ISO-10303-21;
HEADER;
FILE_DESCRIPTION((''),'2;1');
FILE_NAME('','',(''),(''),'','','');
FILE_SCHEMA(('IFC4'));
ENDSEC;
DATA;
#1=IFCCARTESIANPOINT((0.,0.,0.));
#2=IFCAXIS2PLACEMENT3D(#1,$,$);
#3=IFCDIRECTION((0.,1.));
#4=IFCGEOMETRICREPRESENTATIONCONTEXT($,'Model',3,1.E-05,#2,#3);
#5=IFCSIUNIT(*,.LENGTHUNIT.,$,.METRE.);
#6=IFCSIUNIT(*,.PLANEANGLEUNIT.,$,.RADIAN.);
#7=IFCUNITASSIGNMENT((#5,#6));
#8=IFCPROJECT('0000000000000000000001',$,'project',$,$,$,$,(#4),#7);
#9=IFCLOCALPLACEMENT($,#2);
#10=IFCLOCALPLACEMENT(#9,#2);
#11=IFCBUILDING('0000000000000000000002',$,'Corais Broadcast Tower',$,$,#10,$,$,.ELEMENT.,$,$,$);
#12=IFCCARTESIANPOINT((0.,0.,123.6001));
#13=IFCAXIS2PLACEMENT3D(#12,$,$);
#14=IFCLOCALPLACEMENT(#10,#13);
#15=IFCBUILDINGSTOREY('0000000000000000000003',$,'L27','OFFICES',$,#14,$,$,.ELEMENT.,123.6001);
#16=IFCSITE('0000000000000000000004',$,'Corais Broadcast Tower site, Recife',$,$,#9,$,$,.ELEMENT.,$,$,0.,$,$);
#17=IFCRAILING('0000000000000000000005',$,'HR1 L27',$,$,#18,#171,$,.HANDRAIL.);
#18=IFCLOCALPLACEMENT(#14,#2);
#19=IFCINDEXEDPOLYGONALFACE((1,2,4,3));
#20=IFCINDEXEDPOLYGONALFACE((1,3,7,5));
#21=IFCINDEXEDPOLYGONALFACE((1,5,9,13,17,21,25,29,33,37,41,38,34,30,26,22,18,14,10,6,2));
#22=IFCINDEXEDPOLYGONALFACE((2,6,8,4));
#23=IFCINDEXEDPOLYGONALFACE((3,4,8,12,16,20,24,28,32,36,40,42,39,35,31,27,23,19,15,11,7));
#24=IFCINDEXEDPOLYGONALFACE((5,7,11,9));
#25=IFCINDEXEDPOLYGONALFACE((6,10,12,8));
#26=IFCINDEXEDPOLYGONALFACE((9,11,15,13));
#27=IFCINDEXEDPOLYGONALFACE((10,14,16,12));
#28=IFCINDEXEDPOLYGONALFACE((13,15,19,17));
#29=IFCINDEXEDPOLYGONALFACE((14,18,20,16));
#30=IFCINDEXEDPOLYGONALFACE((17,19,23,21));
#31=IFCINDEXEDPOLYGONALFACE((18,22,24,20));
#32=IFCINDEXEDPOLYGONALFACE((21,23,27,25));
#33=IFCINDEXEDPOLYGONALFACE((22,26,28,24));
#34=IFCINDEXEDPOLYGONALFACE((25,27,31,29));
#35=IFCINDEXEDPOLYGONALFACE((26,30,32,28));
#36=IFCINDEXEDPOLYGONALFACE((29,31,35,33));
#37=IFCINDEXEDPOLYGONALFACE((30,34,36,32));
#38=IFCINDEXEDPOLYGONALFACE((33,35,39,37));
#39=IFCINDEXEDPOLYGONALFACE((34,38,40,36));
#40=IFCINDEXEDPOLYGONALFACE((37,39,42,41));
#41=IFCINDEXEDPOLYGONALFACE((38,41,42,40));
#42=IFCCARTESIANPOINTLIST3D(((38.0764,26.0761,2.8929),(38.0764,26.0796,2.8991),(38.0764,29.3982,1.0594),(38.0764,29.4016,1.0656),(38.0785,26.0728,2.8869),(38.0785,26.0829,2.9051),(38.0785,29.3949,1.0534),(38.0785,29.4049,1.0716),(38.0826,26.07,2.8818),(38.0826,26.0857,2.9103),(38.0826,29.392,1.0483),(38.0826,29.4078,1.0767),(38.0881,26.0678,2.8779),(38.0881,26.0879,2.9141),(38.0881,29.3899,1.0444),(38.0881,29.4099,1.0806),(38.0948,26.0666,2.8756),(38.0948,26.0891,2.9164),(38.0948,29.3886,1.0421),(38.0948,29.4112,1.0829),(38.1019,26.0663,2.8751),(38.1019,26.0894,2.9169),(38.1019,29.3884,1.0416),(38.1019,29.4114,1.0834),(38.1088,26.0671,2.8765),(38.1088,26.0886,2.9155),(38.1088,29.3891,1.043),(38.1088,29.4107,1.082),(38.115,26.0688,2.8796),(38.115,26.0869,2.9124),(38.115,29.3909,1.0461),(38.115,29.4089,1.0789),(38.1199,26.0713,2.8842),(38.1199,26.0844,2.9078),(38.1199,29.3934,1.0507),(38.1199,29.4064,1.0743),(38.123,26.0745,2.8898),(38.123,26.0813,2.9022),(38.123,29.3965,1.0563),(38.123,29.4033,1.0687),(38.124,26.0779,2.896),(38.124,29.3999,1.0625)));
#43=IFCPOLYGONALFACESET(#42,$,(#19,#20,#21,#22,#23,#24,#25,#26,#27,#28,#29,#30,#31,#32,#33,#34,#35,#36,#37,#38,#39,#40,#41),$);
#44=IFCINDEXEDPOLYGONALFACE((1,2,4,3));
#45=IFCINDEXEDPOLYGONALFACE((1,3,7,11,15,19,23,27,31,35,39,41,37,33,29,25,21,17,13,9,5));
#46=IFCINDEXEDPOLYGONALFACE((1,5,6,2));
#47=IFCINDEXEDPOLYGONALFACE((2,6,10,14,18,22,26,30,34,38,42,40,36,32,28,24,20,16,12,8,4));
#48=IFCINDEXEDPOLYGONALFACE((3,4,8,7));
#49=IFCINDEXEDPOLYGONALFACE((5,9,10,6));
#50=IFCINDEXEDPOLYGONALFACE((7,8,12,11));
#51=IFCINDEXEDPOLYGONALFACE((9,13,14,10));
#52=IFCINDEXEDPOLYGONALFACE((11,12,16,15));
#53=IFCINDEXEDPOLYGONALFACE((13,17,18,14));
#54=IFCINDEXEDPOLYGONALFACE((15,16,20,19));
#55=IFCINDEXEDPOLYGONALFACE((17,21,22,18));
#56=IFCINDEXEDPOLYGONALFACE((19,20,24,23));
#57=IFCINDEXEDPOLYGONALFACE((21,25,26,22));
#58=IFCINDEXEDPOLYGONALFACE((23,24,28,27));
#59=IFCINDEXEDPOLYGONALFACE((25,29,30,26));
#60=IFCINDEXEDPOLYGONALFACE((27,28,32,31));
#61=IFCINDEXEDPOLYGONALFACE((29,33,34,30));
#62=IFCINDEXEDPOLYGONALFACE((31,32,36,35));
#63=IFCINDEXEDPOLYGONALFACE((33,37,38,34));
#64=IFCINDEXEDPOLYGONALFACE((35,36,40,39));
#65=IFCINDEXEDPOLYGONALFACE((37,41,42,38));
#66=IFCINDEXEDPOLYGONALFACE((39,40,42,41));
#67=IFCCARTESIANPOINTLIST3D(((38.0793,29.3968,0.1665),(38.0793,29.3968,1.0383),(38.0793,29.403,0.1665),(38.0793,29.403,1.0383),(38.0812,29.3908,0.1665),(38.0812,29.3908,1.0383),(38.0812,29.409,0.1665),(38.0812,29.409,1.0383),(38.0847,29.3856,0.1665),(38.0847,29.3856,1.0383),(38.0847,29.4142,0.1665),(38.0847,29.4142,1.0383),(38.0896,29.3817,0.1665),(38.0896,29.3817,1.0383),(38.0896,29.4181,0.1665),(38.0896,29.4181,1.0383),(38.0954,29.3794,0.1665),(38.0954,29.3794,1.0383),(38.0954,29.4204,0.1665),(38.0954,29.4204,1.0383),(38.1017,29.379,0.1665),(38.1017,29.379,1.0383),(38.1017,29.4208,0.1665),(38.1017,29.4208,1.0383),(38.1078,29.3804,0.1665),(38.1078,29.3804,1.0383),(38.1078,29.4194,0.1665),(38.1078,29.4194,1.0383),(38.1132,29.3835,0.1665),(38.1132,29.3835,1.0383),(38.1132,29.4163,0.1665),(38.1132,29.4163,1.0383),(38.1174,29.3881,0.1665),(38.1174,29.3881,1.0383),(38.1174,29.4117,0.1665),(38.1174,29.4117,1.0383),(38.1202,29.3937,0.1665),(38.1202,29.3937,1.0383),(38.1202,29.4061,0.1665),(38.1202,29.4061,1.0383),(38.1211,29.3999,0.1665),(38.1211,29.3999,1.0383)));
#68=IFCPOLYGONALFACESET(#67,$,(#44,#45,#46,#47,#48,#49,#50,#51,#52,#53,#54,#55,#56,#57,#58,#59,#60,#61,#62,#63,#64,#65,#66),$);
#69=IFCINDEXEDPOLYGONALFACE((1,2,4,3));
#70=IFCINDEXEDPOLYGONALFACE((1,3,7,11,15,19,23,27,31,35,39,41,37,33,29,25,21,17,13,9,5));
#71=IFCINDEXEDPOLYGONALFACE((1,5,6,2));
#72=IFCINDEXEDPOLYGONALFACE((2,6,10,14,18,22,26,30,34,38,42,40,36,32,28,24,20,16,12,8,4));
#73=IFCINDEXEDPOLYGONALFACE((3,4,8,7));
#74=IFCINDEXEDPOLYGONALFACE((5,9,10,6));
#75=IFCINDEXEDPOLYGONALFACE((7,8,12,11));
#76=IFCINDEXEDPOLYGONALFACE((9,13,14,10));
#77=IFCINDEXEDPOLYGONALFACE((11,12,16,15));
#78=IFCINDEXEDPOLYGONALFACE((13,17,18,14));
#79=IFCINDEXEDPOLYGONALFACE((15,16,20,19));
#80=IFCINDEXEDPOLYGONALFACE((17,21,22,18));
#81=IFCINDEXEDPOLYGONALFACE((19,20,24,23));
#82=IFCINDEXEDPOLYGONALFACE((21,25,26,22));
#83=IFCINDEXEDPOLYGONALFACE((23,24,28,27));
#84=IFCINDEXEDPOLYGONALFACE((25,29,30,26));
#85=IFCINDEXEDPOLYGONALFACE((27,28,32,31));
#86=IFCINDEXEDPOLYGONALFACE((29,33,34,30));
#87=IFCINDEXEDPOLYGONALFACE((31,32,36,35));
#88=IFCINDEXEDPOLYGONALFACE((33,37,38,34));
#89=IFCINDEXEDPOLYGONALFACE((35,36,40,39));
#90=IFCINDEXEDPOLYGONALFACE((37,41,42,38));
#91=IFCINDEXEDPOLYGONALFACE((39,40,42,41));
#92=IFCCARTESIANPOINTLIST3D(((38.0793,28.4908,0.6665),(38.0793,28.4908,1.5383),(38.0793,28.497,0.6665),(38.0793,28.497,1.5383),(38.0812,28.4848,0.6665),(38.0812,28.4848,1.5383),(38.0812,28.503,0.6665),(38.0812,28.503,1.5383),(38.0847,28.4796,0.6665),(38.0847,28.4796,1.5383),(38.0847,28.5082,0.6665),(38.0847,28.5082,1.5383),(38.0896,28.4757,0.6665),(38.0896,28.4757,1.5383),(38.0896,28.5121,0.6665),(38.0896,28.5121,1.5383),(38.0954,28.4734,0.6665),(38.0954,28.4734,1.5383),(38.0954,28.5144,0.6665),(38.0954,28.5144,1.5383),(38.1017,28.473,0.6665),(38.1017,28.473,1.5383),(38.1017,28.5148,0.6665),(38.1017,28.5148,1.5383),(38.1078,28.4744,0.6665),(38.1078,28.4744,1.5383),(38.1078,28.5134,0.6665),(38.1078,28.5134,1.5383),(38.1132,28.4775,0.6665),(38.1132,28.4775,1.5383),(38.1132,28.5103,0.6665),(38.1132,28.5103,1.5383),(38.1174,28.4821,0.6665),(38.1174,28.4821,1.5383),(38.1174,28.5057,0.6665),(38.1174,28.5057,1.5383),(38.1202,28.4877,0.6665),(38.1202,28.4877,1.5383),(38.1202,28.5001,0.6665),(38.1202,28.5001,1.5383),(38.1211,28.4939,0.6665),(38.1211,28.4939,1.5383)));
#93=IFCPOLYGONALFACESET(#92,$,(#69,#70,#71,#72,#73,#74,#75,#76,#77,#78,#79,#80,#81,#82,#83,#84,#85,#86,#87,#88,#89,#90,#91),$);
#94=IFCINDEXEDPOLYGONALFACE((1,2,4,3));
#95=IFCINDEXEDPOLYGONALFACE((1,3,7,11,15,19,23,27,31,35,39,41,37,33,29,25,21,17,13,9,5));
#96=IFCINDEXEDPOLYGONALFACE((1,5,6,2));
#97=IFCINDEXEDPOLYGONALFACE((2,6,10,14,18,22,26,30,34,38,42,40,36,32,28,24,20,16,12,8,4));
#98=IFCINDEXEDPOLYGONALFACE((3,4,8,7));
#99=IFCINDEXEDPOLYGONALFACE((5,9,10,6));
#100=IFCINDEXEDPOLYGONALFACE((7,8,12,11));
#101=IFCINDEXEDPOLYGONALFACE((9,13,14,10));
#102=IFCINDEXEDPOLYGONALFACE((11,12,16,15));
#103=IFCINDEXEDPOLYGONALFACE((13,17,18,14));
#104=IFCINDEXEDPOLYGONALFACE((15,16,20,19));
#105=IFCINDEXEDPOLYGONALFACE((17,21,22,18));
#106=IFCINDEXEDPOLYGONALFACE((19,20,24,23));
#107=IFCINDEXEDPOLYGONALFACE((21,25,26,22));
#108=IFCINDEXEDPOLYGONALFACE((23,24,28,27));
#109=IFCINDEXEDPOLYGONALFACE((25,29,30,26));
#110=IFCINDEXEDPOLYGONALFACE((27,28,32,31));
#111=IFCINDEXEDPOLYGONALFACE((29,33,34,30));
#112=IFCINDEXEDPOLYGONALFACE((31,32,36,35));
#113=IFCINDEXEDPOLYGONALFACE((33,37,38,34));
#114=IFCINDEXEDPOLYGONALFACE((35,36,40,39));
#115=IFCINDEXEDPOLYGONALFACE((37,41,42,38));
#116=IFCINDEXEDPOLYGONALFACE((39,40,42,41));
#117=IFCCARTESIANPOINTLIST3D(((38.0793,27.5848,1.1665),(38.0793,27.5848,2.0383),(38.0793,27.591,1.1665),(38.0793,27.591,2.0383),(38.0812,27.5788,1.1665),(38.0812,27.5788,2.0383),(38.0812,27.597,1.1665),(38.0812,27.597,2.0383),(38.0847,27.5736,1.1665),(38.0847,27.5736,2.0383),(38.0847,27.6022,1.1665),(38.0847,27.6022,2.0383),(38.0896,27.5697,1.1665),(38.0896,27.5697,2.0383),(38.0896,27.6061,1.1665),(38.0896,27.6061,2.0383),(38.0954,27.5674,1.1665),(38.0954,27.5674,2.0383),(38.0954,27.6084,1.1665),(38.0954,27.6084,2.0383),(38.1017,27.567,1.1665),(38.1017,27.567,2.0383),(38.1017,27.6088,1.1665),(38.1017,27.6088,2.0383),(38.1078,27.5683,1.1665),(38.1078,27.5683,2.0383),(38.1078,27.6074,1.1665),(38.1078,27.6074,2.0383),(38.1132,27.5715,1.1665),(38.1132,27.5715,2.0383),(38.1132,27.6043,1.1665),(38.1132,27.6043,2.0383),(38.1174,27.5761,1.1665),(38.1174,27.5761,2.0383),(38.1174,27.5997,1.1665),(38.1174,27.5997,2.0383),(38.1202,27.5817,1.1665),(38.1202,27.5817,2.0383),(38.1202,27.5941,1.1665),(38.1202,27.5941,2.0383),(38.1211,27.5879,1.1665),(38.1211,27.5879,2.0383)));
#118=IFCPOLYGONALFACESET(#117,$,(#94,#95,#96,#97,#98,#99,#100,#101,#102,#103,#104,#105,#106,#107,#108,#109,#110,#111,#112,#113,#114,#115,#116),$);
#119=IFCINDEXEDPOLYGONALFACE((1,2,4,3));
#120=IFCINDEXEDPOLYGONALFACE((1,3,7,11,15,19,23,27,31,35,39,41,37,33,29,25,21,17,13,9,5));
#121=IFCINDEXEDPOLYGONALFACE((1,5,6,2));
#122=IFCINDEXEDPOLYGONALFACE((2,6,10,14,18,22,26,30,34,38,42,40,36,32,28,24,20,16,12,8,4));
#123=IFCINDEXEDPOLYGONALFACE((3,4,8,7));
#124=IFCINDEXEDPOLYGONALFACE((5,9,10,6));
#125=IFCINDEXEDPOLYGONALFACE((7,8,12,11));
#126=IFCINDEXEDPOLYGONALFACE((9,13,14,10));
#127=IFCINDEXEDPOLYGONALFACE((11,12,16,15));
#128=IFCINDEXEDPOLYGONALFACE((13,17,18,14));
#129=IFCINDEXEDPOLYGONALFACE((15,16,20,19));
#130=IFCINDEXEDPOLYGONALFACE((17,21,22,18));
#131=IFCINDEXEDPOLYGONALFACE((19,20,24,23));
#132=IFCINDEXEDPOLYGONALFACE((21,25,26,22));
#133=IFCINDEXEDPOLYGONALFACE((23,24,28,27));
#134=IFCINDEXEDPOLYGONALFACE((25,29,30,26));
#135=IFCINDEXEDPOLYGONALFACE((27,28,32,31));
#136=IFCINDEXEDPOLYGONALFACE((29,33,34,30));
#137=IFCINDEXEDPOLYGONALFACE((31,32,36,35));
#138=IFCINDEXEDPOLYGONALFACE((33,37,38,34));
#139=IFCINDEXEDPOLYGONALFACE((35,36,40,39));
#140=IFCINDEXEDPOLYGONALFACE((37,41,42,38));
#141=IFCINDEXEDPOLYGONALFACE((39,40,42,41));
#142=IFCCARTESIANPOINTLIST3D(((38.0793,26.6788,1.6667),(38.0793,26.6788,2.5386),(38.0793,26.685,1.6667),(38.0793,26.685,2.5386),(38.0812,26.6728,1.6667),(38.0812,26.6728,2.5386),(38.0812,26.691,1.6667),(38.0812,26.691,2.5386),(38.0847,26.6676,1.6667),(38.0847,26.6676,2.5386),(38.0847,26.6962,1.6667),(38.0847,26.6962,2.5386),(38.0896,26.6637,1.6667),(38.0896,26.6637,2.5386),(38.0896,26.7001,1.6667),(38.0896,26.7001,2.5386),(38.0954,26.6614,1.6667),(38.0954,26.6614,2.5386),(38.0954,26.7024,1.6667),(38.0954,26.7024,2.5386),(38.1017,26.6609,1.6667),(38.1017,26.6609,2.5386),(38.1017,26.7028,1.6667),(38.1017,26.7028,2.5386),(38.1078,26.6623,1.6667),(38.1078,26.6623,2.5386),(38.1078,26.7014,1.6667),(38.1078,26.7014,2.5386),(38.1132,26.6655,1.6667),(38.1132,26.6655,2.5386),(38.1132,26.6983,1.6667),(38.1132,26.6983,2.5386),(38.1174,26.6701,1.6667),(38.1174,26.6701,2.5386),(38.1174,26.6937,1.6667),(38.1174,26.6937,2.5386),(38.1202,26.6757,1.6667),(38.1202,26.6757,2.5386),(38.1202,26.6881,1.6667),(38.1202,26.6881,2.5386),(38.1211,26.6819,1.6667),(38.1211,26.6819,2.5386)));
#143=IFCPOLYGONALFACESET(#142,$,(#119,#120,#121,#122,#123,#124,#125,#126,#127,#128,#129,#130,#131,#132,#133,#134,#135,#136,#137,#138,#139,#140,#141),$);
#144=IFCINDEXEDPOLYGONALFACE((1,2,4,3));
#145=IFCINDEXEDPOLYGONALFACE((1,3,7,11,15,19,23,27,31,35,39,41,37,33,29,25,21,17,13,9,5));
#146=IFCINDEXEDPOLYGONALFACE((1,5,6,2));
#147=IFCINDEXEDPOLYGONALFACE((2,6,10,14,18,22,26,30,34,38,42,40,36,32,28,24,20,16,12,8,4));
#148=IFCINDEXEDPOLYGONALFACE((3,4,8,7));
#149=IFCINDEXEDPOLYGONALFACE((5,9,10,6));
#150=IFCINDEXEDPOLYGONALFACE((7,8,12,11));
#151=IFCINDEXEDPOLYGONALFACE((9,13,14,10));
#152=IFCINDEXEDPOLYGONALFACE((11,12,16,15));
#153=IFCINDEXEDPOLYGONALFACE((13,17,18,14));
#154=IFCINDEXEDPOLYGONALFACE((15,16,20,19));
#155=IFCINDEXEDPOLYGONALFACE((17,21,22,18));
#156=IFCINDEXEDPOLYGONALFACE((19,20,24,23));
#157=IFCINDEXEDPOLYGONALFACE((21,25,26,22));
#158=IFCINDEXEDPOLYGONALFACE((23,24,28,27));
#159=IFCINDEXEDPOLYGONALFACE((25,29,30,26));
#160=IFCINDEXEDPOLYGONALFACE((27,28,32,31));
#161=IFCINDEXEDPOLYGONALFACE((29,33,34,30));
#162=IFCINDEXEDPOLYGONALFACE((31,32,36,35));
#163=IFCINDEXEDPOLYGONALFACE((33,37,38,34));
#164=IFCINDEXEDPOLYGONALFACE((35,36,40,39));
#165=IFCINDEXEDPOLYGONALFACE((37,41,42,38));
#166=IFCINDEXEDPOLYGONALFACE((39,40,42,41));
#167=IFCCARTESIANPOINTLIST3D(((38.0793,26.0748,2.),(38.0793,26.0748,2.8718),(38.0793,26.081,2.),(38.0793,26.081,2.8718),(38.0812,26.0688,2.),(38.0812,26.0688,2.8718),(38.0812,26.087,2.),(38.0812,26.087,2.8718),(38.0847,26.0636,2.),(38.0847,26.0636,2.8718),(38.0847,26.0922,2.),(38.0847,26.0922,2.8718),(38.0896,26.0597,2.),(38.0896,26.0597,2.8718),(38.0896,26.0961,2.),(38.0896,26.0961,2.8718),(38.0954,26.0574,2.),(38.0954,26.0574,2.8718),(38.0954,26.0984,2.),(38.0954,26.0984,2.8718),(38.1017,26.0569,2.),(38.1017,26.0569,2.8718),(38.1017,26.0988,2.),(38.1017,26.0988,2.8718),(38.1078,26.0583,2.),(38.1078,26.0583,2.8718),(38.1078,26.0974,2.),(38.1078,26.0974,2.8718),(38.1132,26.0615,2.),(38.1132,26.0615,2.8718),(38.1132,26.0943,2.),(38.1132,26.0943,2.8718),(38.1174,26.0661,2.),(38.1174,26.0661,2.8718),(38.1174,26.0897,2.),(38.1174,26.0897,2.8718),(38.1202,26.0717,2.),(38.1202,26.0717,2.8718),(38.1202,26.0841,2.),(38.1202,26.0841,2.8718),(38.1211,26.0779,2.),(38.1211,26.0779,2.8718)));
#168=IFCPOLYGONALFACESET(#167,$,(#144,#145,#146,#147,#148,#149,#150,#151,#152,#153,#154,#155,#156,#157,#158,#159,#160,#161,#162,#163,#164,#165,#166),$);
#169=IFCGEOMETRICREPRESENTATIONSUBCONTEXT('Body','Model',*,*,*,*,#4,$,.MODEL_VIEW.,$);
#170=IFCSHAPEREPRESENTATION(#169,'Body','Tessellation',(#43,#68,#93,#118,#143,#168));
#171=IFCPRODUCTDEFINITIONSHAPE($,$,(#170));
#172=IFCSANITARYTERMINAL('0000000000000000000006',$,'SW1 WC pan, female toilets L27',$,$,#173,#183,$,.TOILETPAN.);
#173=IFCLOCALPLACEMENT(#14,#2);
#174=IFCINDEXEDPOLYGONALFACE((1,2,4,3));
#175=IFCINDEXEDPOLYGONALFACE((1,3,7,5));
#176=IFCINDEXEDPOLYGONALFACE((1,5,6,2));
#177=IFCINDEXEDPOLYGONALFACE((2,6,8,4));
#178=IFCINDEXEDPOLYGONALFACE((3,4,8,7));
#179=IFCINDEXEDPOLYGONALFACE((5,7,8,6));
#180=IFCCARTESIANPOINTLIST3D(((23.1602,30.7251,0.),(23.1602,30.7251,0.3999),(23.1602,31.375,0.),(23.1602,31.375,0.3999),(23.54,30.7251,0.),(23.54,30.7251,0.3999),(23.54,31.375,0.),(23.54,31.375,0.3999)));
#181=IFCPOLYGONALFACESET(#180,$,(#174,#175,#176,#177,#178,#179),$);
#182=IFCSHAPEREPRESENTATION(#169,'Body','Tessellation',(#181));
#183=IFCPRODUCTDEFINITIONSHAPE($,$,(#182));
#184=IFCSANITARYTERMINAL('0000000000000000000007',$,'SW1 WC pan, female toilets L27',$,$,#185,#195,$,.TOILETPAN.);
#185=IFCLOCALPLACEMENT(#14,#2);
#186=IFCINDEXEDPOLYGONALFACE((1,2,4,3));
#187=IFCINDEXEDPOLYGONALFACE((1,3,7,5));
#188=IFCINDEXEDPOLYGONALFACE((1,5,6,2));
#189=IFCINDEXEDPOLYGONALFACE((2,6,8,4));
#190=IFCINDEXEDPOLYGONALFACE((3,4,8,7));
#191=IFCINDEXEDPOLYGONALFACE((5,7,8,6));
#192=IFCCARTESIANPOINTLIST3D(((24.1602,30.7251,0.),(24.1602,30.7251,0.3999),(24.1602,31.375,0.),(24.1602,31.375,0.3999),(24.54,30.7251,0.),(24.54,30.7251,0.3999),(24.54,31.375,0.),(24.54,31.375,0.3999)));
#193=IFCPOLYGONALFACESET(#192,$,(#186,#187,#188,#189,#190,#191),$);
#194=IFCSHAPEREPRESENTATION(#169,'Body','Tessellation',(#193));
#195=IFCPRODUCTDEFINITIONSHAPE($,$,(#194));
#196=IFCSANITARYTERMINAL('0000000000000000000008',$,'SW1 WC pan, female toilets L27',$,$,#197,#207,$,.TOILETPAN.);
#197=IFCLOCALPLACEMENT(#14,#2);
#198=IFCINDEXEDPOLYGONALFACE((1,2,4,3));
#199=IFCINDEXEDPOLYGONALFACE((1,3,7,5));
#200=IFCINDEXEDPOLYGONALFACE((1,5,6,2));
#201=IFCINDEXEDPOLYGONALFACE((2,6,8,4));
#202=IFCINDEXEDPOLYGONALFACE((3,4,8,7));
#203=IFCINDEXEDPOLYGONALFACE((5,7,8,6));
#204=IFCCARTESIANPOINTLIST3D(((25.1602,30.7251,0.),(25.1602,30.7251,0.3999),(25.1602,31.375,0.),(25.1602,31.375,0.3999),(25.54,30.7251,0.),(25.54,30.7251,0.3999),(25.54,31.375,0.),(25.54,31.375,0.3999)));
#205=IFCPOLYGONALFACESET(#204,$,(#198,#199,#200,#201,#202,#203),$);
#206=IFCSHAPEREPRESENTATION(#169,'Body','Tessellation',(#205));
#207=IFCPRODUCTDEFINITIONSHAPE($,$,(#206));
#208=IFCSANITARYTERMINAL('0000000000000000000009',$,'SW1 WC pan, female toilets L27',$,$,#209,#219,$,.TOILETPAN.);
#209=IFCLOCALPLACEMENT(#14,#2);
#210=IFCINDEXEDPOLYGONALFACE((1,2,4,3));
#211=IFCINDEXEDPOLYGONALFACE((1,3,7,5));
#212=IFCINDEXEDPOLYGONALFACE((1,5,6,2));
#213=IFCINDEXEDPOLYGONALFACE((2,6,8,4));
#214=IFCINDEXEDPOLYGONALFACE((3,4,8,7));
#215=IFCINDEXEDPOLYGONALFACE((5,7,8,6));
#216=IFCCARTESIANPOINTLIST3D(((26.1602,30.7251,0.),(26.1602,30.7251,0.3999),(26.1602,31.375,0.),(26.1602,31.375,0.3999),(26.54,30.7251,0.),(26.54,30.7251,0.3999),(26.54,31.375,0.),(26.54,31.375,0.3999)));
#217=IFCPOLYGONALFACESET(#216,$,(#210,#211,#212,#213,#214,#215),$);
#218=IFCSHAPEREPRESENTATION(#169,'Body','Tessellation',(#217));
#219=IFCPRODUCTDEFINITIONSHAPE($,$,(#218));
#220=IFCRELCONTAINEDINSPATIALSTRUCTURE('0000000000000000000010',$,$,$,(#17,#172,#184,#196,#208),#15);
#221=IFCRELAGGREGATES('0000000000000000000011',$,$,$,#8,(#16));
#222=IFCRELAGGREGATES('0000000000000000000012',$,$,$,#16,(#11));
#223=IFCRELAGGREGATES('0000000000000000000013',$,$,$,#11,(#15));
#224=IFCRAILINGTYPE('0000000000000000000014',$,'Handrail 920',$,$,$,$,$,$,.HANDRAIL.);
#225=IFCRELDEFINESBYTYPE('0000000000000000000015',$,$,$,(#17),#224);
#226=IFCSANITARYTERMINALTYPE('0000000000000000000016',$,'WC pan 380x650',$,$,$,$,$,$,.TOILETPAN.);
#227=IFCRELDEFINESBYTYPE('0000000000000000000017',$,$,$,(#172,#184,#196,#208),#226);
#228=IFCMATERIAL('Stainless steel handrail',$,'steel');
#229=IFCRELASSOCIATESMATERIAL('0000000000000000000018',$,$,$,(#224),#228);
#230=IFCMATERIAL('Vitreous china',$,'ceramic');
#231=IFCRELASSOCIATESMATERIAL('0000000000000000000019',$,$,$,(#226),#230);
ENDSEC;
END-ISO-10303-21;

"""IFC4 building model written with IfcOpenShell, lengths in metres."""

from ifc_helpers import new_model, si_unit, direction, frame, origin, origin_2d, place, context, subcontext, project, spatial, rectangle, circle, extrude, material, type_object, element, save


model = new_model("IFC4")

# Units and contexts
model_context = context("Model", 3, precision=1e-05, world=origin(), true_north=direction((0.0, 1.0)))
body_context = subcontext(model_context, "Body", "Model", "MODEL_VIEW")
ifc_project = project(units=[si_unit("LENGTHUNIT", "METRE"), si_unit("PLANEANGLEUNIT", "RADIAN")], contexts=[model_context])

# Site, building, storey
site_placement = place(None, origin())
site = spatial("IfcSite", under=ifc_project, at=site_placement, Name="Corais Broadcast Tower site, Recife", CompositionType="ELEMENT", RefElevation=0.0)
building_placement = place(site_placement, origin())
building = spatial("IfcBuilding", under=site, at=building_placement, Name="Corais Broadcast Tower", CompositionType="ELEMENT")
storey_placement = place(building_placement, frame((0.0, 0.0, 123.6001)))
storey = spatial("IfcBuildingStorey", under=building, at=storey_placement, Name="L27", Description="OFFICES", CompositionType="ELEMENT", Elevation=123.6001)

# Railing
ifc_material_1 = material(Name="Stainless steel handrail", Category="steel")
railing_type = type_object("IfcRailingType", Name="Handrail 920", PredefinedType="HANDRAIL", material=ifc_material_1)
for number, where, name in (
    (1, (38.1001, 29.3999, 0.1665), "HR1 L27"),
):
    element("IfcRailing", number, at=place(storey_placement, frame(where)), inside=storey, type_object=railing_type, Name=name, PredefinedType="HANDRAIL", context=body_context, shape_type="SweptSolid", body=[
        extrude(circle(Radius=0.0239, at=origin_2d()), frame((0.0, 0.0, 0.896), z_axis=(0.0, -0.875504, 0.48321), x_axis=(1.0, 0.0, 0.0)), (0.0, 0.0, 1.0), 3.7944),
        extrude(circle(Radius=0.021, at=origin_2d()), origin(), (0.0, 0.0, 1.0), 0.8718),
        extrude(circle(Radius=0.021, at=origin_2d()), frame((0.0, -0.906, 0.5)), (0.0, 0.0, 1.0), 0.8718),
        extrude(circle(Radius=0.021, at=origin_2d()), frame((0.0, -1.812, 1.0)), (0.0, 0.0, 1.0), 0.8718),
        extrude(circle(Radius=0.021, at=origin_2d()), frame((0.0, -2.718, 1.5002)), (0.0, 0.0, 1.0), 0.8718),
        extrude(circle(Radius=0.021, at=origin_2d()), frame((0.0, -3.322, 1.8335)), (0.0, 0.0, 1.0), 0.8718),
    ])

# Sanitary terminals
ifc_material_2 = material(Name="Vitreous china", Category="ceramic")
sanitary_terminal_type = type_object("IfcSanitaryTerminalType", Name="WC pan 380x650", PredefinedType="TOILETPAN", material=ifc_material_2)
for number, where, z_axis, x_axis, name in (
    (2, (23.3501, 31.05, 0.0), (0.0, 0.0, 1.0), (1.0, 0.0, 0.0), "SW1 WC pan, female toilets L27"),
    (3, (24.3501, 31.05, 0.0), (0.0, 0.0, 1.0), (1.0, 0.0, 0.0), "SW1 WC pan, female toilets L27"),
    (4, (25.3501, 31.05, 0.0), (0.0, 0.0, 1.0), (1.0, 0.0, 0.0), "SW1 WC pan, female toilets L27"),
    (5, (26.3501, 31.05, 0.0), (0.0, 0.0, 1.0), (1.0, 0.0, 0.0), "SW1 WC pan, female toilets L27"),
):
    element("IfcSanitaryTerminal", number, at=place(storey_placement, frame(where, z_axis=z_axis, x_axis=x_axis)), inside=storey, type_object=sanitary_terminal_type, Name=name, PredefinedType="TOILETPAN", context=body_context, shape_type="SweptSolid", body=[
        extrude(rectangle(XDim=0.3799, YDim=0.6499, at=origin_2d()), origin(), (0.0, 0.0, 1.0), 0.3999),
    ])

save(model, "model.ifc")
